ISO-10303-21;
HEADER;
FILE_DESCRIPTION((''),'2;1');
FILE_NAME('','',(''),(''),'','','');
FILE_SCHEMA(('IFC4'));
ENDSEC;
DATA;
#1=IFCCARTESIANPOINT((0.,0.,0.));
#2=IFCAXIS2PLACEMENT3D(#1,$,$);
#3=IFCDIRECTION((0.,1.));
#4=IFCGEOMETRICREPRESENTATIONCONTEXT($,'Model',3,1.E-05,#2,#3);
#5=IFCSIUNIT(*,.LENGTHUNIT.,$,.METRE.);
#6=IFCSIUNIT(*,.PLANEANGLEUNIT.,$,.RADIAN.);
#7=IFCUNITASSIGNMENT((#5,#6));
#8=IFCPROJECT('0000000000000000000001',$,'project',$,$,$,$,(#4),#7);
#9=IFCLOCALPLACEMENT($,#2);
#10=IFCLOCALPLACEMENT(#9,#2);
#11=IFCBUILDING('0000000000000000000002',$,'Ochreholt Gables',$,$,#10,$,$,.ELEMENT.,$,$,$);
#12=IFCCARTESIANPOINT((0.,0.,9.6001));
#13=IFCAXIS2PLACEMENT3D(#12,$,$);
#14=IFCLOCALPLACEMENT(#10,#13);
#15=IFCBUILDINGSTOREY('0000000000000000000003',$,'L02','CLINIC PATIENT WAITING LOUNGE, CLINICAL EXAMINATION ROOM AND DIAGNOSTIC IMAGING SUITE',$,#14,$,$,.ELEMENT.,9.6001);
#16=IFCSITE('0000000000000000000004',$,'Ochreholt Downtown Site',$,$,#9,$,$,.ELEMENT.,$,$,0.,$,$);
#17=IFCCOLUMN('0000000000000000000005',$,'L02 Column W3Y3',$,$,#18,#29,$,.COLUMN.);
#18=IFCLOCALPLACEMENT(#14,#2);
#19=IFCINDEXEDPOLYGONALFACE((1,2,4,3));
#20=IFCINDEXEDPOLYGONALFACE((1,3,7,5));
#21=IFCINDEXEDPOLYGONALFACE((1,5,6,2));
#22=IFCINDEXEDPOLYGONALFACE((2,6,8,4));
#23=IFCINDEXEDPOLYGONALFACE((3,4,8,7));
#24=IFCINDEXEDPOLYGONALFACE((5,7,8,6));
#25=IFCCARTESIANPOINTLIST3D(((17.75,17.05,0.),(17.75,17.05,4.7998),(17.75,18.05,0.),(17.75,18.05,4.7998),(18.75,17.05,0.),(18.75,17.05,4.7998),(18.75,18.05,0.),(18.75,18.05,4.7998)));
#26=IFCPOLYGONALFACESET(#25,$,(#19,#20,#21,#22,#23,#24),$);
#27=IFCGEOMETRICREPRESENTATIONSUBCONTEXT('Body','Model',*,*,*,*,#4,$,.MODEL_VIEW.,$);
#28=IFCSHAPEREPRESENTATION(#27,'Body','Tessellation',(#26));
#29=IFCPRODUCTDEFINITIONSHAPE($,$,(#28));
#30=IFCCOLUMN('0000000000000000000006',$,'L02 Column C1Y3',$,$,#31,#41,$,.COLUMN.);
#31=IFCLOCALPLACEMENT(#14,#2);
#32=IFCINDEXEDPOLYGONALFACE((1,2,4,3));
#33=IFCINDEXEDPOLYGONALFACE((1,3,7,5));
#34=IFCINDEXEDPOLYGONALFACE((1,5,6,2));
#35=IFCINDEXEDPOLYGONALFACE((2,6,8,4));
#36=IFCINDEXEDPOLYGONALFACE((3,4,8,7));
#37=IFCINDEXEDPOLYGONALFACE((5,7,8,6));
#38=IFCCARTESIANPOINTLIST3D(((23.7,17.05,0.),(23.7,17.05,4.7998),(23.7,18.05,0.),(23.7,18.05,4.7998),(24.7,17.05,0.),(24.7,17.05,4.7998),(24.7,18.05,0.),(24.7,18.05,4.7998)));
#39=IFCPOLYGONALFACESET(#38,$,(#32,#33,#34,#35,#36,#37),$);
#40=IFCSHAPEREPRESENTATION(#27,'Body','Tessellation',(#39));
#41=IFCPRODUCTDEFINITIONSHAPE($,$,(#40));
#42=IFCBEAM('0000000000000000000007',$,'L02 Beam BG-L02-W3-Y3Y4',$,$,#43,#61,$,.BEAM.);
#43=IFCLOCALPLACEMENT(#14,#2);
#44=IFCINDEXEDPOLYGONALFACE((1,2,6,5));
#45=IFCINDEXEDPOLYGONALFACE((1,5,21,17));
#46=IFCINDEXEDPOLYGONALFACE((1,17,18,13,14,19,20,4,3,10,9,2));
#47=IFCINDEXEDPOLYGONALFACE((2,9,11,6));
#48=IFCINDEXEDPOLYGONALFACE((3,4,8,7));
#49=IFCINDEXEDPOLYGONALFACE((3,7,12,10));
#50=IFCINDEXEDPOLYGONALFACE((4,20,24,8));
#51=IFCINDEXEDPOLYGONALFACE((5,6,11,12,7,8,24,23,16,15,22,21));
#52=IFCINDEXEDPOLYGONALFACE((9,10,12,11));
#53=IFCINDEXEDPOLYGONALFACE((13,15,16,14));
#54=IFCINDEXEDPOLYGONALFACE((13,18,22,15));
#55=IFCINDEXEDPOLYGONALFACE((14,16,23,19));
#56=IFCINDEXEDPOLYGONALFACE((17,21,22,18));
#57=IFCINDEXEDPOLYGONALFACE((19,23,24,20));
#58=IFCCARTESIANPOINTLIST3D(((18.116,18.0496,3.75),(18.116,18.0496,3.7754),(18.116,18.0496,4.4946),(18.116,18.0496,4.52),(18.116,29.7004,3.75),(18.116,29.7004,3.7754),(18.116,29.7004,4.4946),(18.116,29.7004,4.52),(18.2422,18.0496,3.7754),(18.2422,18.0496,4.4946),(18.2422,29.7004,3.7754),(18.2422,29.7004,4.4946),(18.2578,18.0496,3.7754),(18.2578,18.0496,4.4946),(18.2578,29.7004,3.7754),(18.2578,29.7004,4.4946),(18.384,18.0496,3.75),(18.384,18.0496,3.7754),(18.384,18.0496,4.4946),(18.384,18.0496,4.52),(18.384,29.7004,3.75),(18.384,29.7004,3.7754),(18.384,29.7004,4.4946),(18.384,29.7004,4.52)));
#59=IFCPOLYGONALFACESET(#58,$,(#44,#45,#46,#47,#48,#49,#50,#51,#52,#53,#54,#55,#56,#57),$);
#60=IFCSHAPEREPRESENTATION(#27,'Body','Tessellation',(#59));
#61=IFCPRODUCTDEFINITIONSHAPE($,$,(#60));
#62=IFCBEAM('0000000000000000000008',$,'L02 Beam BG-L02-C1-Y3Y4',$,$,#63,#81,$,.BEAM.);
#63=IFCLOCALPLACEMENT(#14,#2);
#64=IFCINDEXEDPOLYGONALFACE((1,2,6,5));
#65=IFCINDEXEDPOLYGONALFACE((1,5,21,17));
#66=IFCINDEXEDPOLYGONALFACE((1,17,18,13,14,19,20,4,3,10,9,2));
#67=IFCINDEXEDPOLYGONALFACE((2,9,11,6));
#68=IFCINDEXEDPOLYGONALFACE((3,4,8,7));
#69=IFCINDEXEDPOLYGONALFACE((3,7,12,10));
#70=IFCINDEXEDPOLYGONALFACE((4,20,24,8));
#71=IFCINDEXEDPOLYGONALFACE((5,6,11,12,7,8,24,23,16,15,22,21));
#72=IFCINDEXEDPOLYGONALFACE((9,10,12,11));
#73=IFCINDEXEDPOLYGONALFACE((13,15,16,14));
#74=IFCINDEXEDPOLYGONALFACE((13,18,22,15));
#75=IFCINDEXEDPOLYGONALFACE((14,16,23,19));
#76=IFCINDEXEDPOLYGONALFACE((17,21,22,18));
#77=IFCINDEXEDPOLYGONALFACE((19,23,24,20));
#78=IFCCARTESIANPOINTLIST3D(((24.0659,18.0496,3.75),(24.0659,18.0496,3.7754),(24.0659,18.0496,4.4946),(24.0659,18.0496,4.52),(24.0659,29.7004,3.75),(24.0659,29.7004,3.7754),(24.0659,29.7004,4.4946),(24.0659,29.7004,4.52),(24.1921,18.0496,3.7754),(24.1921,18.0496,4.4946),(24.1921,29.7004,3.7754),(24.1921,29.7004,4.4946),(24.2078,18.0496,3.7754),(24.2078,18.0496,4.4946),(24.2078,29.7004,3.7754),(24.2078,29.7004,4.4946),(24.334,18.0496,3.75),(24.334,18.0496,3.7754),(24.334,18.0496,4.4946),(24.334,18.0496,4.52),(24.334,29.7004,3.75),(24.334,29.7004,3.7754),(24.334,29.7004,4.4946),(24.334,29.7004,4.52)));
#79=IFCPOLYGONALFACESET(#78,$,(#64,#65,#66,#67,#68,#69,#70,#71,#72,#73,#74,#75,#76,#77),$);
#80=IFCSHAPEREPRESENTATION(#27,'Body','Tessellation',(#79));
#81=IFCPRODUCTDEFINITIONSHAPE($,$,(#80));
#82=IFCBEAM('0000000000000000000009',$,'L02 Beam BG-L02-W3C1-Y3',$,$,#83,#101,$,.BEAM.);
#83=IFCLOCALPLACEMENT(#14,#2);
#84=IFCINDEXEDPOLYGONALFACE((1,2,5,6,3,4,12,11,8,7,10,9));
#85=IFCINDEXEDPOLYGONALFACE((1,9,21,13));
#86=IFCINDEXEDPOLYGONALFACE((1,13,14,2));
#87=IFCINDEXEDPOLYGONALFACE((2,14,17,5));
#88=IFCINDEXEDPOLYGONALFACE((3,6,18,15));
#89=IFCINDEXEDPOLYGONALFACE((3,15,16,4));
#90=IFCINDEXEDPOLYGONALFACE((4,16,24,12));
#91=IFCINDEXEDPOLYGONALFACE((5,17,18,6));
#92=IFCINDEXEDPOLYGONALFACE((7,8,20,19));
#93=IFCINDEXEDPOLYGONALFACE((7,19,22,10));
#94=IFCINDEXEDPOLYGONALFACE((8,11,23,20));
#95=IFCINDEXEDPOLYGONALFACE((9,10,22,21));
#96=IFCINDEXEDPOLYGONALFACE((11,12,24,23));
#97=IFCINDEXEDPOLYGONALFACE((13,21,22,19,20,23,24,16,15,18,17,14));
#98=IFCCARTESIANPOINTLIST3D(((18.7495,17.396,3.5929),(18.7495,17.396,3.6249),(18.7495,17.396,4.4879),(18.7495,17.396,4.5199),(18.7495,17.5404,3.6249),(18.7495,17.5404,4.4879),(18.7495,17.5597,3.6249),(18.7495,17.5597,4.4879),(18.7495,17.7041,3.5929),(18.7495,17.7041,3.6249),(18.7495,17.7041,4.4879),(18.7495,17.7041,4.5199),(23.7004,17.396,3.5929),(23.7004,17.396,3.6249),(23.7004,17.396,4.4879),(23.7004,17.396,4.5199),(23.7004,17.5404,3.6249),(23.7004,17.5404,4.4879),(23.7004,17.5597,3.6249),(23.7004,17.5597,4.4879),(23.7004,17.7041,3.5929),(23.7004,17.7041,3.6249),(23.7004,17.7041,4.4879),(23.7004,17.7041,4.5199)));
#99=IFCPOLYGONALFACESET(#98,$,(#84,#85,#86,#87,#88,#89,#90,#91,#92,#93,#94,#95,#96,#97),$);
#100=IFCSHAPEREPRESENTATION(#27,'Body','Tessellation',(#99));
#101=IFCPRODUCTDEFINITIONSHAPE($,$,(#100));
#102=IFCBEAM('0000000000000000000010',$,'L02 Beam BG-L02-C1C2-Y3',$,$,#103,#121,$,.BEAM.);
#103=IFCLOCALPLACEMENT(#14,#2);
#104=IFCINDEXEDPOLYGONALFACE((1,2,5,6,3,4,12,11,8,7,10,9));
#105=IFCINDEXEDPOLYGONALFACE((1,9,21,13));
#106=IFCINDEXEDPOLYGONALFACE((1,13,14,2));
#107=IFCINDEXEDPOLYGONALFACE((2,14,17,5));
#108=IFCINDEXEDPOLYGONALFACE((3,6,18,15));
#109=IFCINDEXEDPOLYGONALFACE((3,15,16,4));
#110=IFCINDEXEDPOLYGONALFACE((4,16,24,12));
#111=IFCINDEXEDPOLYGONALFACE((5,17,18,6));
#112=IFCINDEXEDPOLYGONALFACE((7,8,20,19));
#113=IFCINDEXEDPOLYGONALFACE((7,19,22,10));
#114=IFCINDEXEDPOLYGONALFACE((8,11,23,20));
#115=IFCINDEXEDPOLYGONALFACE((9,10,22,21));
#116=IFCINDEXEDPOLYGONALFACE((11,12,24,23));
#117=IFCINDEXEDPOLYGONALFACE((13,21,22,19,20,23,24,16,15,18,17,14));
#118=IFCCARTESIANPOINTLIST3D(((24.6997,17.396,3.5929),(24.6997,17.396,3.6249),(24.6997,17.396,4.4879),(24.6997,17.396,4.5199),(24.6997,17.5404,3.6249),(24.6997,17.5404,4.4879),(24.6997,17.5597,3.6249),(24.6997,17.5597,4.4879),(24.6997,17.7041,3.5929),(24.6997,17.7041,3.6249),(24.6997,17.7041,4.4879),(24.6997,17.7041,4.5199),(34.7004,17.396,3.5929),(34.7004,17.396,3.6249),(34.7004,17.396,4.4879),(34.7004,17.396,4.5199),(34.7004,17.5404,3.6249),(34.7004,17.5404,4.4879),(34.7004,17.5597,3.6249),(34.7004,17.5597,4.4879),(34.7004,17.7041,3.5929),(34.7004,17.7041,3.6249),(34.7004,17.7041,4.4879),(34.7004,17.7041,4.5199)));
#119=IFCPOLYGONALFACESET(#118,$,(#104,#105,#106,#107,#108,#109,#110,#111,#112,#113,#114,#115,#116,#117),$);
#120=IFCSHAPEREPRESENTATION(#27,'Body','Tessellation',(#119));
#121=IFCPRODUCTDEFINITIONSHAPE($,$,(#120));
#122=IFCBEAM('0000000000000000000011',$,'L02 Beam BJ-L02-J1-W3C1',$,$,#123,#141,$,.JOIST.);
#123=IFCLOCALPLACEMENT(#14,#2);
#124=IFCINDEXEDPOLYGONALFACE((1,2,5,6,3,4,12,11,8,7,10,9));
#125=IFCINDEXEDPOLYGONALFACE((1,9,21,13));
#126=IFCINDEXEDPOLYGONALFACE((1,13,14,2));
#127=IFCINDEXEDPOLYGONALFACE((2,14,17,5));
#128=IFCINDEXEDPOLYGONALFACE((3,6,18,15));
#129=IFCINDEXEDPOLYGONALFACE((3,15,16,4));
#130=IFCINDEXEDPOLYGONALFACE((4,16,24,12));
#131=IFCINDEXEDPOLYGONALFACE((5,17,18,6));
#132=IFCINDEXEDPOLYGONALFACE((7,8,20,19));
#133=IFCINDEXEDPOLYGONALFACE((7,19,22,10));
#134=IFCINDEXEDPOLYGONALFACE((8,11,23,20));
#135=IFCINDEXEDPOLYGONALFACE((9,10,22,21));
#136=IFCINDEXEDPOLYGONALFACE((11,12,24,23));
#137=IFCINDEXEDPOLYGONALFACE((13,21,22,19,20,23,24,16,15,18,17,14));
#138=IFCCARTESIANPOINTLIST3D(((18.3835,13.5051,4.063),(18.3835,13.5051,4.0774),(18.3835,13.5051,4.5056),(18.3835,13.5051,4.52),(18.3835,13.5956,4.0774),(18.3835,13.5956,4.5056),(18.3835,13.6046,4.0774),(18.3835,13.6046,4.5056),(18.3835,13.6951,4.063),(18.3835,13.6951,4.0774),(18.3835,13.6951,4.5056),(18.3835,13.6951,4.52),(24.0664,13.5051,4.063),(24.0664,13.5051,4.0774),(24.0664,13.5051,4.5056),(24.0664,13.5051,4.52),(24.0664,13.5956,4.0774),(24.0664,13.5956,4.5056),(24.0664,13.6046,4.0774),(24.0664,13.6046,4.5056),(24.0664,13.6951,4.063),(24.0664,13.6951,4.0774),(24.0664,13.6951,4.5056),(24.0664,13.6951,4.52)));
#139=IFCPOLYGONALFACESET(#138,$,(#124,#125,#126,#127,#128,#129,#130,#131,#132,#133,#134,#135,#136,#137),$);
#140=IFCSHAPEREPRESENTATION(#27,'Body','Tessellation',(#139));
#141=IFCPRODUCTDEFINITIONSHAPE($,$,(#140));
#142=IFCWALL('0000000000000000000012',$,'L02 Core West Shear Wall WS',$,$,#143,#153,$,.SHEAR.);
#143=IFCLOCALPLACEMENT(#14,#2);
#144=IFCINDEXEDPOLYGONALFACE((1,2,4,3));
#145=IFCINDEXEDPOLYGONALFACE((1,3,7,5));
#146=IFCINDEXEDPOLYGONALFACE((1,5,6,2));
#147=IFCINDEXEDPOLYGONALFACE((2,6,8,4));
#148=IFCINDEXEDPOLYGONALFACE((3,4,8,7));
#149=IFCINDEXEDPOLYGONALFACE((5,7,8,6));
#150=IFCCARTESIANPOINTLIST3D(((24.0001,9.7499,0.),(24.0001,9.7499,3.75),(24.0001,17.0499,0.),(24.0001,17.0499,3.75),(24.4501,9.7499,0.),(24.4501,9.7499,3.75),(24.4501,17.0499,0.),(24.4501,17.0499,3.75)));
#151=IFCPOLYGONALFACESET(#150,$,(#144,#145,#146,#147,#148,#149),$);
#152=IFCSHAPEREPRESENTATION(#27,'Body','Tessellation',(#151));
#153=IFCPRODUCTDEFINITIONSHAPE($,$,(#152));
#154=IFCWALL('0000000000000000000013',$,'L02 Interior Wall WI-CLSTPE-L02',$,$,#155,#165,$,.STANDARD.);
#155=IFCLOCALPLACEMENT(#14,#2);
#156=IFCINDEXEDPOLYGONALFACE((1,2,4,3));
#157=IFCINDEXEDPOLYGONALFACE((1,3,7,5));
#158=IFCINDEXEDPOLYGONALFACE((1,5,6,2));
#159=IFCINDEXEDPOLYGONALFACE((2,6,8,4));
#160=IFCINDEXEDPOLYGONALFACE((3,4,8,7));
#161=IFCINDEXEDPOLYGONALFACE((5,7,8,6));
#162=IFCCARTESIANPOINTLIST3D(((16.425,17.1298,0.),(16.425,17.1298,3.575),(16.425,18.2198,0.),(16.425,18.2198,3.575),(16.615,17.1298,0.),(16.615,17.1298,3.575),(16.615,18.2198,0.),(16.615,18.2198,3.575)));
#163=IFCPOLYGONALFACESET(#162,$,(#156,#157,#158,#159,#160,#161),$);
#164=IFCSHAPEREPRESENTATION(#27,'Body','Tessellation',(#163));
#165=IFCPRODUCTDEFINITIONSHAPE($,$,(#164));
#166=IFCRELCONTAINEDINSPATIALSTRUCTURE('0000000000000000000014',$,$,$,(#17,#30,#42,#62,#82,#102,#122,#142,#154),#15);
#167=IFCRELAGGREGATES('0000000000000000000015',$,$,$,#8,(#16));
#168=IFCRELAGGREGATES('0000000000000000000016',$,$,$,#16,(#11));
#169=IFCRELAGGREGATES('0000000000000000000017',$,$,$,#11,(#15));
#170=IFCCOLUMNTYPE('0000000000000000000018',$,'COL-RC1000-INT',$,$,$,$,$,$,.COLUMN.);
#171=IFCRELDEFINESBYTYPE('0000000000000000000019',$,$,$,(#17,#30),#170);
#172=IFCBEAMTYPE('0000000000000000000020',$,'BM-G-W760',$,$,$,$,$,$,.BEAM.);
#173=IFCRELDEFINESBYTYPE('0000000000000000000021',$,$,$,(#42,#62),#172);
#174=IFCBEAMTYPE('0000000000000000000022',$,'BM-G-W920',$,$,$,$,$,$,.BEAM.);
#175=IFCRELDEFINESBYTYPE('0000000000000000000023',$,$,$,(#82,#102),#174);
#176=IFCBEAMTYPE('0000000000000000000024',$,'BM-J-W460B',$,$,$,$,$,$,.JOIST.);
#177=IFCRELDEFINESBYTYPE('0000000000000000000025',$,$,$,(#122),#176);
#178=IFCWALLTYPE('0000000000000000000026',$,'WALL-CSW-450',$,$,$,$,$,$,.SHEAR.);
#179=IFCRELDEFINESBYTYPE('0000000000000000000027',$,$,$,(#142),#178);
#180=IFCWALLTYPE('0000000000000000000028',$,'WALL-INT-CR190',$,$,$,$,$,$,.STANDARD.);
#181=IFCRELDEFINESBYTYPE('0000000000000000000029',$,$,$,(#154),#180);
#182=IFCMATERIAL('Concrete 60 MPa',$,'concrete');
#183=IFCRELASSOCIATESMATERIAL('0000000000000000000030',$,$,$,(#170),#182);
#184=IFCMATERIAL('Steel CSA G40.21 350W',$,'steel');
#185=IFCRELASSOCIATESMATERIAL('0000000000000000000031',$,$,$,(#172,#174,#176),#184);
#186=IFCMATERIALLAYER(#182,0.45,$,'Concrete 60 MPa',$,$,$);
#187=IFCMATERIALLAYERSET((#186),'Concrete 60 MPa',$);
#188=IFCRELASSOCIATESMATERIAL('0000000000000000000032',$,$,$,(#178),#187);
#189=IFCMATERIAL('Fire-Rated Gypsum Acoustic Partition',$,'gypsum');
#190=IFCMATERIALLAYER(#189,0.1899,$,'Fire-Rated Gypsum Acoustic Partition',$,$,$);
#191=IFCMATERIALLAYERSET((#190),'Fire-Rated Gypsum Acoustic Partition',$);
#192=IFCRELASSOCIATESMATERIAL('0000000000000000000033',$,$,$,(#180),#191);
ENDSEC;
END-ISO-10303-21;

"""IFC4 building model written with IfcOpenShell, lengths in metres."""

from ifc_helpers import new_model, si_unit, direction, frame, frame_2d, origin, origin_2d, place, context, subcontext, project, spatial, rectangle, i_section, extrude, material, layer, layer_set, material_profile, profile_set, type_object, element, save


model = new_model("IFC4")

# Units and contexts
model_context = context("Model", 3, precision=1e-05, world=origin(), true_north=direction((0.0, 1.0)))
body_context = subcontext(model_context, "Body", "Model", "MODEL_VIEW")
ifc_project = project(units=[si_unit("LENGTHUNIT", "METRE"), si_unit("PLANEANGLEUNIT", "RADIAN")], contexts=[model_context])

# Site, building, storey
site_placement = place(None, origin())
site = spatial("IfcSite", under=ifc_project, at=site_placement, Name="Ochreholt Downtown Site", CompositionType="ELEMENT", RefElevation=0.0)
building_placement = place(site_placement, origin())
building = spatial("IfcBuilding", under=site, at=building_placement, Name="Ochreholt Gables", CompositionType="ELEMENT")
storey_placement = place(building_placement, frame((0.0, 0.0, 9.6001)))
storey = spatial("IfcBuildingStorey", under=building, at=storey_placement, Name="L02", Description="CLINIC PATIENT WAITING LOUNGE, CLINICAL EXAMINATION ROOM AND DIAGNOSTIC IMAGING SUITE", CompositionType="ELEMENT", Elevation=9.6001)

# Columns
ifc_material_1 = material(Name="Concrete 60 MPa", Category="concrete")
ifc_material_profile_1 = material_profile(ifc_material_1, rectangle(XDim=1.0, YDim=1.0, at=origin_2d()), Name="RC1000X1000")
ifc_profile_set_1 = profile_set([ifc_material_profile_1], Name="Concrete 60 MPa")
column_type = type_object("IfcColumnType", Name="COL-RC1000-INT", PredefinedType="COLUMN", material=ifc_profile_set_1)
for number, where, z_axis, x_axis, name in (
    (1, (18.25, 17.55, 0.0), (0.0, 0.0, 1.0), (1.0, 0.0, 0.0), "L02 Column W3Y3"),
    (2, (24.2, 17.55, 0.0), (0.0, 0.0, 1.0), (1.0, 0.0, 0.0), "L02 Column C1Y3"),
):
    element("IfcColumn", number, at=place(storey_placement, frame(where, z_axis=z_axis, x_axis=x_axis)), inside=storey, type_object=column_type, Name=name, PredefinedType="COLUMN", context=body_context, shape_type="SweptSolid", body=[
        extrude(rectangle(XDim=1.0, YDim=1.0, at=origin_2d()), origin(), (0.0, 0.0, 1.0), 4.7998),
    ])

# Beams
ifc_material_2 = material(Name="Steel CSA G40.21 350W", Category="steel")
ifc_material_profile_2 = material_profile(ifc_material_2, i_section(OverallWidth=0.2681, OverallDepth=0.77, WebThickness=0.0156, FlangeThickness=0.0254, at=origin_2d()), Name="W760X196")
ifc_profile_set_2 = profile_set([ifc_material_profile_2], Name="Steel CSA G40.21 350W")
beam_type_1 = type_object("IfcBeamType", Name="BM-G-W760", PredefinedType="BEAM", material=ifc_profile_set_2)
for number, where, z_axis, x_axis, name in (
    (3, (18.25, 18.0496, 4.135), (0.0, 1.0, 0.0), (-1.0, 0.0, 0.0), "L02 Beam BG-L02-W3-Y3Y4"),
    (4, (24.2, 18.0496, 4.135), (0.0, 1.0, 0.0), (-1.0, 0.0, 0.0), "L02 Beam BG-L02-C1-Y3Y4"),
):
    element("IfcBeam", number, at=place(storey_placement, frame(where, z_axis=z_axis, x_axis=x_axis)), inside=storey, type_object=beam_type_1, Name=name, PredefinedType="BEAM", context=body_context, shape_type="SweptSolid", body=[
        extrude(i_section(OverallWidth=0.2681, OverallDepth=0.77, WebThickness=0.0156, FlangeThickness=0.0254, at=origin_2d()), origin(), (0.0, 0.0, 1.0), 11.6509),
    ])
ifc_material_profile_3 = material_profile(ifc_material_2, i_section(OverallWidth=0.3081, OverallDepth=0.927, WebThickness=0.0193, FlangeThickness=0.032, at=origin_2d()), Name="W920X289")
ifc_profile_set_3 = profile_set([ifc_material_profile_3], Name="Steel CSA G40.21 350W")
beam_type_2 = type_object("IfcBeamType", Name="BM-G-W920", PredefinedType="BEAM", material=ifc_profile_set_3)
beam_1_placement = place(storey_placement, frame((18.7495, 17.55, 4.0564), z_axis=(1.0, 0.0, 0.0), x_axis=(0.0, 1.0, 0.0)))
element("IfcBeam", 5, at=beam_1_placement, inside=storey, type_object=beam_type_2, Name="L02 Beam BG-L02-W3C1-Y3", PredefinedType="BEAM", context=body_context, shape_type="SweptSolid", body=[
    extrude(i_section(OverallWidth=0.3081, OverallDepth=0.927, WebThickness=0.0193, FlangeThickness=0.032, at=origin_2d()), origin(), (0.0, 0.0, 1.0), 4.9509),
])
beam_2_placement = place(storey_placement, frame((24.6997, 17.55, 4.0564), z_axis=(1.0, 0.0, 0.0), x_axis=(0.0, 1.0, 0.0)))
element("IfcBeam", 6, at=beam_2_placement, inside=storey, type_object=beam_type_2, Name="L02 Beam BG-L02-C1C2-Y3", PredefinedType="BEAM", context=body_context, shape_type="SweptSolid", body=[
    extrude(i_section(OverallWidth=0.3081, OverallDepth=0.927, WebThickness=0.0193, FlangeThickness=0.032, at=origin_2d()), origin(), (0.0, 0.0, 1.0), 10.0007),
])
ifc_material_profile_4 = material_profile(ifc_material_2, i_section(OverallWidth=0.1899, OverallDepth=0.457, WebThickness=0.009, FlangeThickness=0.0144, at=origin_2d()), Name="W460X74")
ifc_profile_set_4 = profile_set([ifc_material_profile_4], Name="Steel CSA G40.21 350W")
beam_type_3 = type_object("IfcBeamType", Name="BM-J-W460B", PredefinedType="JOIST", material=ifc_profile_set_4)
beam_3_placement = place(storey_placement, frame((18.3835, 13.6001, 4.2915), z_axis=(1.0, 0.0, 0.0), x_axis=(0.0, 1.0, 0.0)))
element("IfcBeam", 7, at=beam_3_placement, inside=storey, type_object=beam_type_3, Name="L02 Beam BJ-L02-J1-W3C1", PredefinedType="JOIST", context=body_context, shape_type="SweptSolid", body=[
    extrude(i_section(OverallWidth=0.1899, OverallDepth=0.457, WebThickness=0.009, FlangeThickness=0.0144, at=origin_2d()), origin(), (0.0, 0.0, 1.0), 5.6829),
])

# Walls
ifc_layer_1 = layer(ifc_material_1, 0.45, Name="Concrete 60 MPa")
ifc_layer_set_1 = layer_set([ifc_layer_1], Name="Concrete 60 MPa")
wall_type_1 = type_object("IfcWallType", Name="WALL-CSW-450", PredefinedType="SHEAR", material=ifc_layer_set_1)
wall_1_placement = place(storey_placement, frame((24.2251, 9.75, 0.0), z_axis=(0.0, 0.0, 1.0), x_axis=(0.0, 1.0, 0.0)))
element("IfcWall", 8, at=wall_1_placement, inside=storey, type_object=wall_type_1, Name="L02 Core West Shear Wall WS", PredefinedType="SHEAR", context=body_context, shape_type="SweptSolid", body=[
    extrude(rectangle(XDim=7.3, YDim=0.45, at=frame_2d((3.6499, 0.0))), origin(), (0.0, 0.0, 1.0), 3.75),
])
ifc_material_3 = material(Name="Fire-Rated Gypsum Acoustic Partition", Category="gypsum")
ifc_layer_2 = layer(ifc_material_3, 0.1899, Name="Fire-Rated Gypsum Acoustic Partition")
ifc_layer_set_2 = layer_set([ifc_layer_2], Name="Fire-Rated Gypsum Acoustic Partition")
wall_type_2 = type_object("IfcWallType", Name="WALL-INT-CR190", PredefinedType="STANDARD", material=ifc_layer_set_2)
wall_2_placement = place(storey_placement, frame((16.52, 17.1299, 0.0), z_axis=(0.0, 0.0, 1.0), x_axis=(0.0, 1.0, 0.0)))
element("IfcWall", 9, at=wall_2_placement, inside=storey, type_object=wall_type_2, Name="L02 Interior Wall WI-CLSTPE-L02", PredefinedType="STANDARD", context=body_context, shape_type="SweptSolid", body=[
    extrude(rectangle(XDim=1.0901, YDim=0.1899, at=frame_2d((0.5449, 0.0))), origin(), (0.0, 0.0, 1.0), 3.575),
])

save(model, "model.ifc")
